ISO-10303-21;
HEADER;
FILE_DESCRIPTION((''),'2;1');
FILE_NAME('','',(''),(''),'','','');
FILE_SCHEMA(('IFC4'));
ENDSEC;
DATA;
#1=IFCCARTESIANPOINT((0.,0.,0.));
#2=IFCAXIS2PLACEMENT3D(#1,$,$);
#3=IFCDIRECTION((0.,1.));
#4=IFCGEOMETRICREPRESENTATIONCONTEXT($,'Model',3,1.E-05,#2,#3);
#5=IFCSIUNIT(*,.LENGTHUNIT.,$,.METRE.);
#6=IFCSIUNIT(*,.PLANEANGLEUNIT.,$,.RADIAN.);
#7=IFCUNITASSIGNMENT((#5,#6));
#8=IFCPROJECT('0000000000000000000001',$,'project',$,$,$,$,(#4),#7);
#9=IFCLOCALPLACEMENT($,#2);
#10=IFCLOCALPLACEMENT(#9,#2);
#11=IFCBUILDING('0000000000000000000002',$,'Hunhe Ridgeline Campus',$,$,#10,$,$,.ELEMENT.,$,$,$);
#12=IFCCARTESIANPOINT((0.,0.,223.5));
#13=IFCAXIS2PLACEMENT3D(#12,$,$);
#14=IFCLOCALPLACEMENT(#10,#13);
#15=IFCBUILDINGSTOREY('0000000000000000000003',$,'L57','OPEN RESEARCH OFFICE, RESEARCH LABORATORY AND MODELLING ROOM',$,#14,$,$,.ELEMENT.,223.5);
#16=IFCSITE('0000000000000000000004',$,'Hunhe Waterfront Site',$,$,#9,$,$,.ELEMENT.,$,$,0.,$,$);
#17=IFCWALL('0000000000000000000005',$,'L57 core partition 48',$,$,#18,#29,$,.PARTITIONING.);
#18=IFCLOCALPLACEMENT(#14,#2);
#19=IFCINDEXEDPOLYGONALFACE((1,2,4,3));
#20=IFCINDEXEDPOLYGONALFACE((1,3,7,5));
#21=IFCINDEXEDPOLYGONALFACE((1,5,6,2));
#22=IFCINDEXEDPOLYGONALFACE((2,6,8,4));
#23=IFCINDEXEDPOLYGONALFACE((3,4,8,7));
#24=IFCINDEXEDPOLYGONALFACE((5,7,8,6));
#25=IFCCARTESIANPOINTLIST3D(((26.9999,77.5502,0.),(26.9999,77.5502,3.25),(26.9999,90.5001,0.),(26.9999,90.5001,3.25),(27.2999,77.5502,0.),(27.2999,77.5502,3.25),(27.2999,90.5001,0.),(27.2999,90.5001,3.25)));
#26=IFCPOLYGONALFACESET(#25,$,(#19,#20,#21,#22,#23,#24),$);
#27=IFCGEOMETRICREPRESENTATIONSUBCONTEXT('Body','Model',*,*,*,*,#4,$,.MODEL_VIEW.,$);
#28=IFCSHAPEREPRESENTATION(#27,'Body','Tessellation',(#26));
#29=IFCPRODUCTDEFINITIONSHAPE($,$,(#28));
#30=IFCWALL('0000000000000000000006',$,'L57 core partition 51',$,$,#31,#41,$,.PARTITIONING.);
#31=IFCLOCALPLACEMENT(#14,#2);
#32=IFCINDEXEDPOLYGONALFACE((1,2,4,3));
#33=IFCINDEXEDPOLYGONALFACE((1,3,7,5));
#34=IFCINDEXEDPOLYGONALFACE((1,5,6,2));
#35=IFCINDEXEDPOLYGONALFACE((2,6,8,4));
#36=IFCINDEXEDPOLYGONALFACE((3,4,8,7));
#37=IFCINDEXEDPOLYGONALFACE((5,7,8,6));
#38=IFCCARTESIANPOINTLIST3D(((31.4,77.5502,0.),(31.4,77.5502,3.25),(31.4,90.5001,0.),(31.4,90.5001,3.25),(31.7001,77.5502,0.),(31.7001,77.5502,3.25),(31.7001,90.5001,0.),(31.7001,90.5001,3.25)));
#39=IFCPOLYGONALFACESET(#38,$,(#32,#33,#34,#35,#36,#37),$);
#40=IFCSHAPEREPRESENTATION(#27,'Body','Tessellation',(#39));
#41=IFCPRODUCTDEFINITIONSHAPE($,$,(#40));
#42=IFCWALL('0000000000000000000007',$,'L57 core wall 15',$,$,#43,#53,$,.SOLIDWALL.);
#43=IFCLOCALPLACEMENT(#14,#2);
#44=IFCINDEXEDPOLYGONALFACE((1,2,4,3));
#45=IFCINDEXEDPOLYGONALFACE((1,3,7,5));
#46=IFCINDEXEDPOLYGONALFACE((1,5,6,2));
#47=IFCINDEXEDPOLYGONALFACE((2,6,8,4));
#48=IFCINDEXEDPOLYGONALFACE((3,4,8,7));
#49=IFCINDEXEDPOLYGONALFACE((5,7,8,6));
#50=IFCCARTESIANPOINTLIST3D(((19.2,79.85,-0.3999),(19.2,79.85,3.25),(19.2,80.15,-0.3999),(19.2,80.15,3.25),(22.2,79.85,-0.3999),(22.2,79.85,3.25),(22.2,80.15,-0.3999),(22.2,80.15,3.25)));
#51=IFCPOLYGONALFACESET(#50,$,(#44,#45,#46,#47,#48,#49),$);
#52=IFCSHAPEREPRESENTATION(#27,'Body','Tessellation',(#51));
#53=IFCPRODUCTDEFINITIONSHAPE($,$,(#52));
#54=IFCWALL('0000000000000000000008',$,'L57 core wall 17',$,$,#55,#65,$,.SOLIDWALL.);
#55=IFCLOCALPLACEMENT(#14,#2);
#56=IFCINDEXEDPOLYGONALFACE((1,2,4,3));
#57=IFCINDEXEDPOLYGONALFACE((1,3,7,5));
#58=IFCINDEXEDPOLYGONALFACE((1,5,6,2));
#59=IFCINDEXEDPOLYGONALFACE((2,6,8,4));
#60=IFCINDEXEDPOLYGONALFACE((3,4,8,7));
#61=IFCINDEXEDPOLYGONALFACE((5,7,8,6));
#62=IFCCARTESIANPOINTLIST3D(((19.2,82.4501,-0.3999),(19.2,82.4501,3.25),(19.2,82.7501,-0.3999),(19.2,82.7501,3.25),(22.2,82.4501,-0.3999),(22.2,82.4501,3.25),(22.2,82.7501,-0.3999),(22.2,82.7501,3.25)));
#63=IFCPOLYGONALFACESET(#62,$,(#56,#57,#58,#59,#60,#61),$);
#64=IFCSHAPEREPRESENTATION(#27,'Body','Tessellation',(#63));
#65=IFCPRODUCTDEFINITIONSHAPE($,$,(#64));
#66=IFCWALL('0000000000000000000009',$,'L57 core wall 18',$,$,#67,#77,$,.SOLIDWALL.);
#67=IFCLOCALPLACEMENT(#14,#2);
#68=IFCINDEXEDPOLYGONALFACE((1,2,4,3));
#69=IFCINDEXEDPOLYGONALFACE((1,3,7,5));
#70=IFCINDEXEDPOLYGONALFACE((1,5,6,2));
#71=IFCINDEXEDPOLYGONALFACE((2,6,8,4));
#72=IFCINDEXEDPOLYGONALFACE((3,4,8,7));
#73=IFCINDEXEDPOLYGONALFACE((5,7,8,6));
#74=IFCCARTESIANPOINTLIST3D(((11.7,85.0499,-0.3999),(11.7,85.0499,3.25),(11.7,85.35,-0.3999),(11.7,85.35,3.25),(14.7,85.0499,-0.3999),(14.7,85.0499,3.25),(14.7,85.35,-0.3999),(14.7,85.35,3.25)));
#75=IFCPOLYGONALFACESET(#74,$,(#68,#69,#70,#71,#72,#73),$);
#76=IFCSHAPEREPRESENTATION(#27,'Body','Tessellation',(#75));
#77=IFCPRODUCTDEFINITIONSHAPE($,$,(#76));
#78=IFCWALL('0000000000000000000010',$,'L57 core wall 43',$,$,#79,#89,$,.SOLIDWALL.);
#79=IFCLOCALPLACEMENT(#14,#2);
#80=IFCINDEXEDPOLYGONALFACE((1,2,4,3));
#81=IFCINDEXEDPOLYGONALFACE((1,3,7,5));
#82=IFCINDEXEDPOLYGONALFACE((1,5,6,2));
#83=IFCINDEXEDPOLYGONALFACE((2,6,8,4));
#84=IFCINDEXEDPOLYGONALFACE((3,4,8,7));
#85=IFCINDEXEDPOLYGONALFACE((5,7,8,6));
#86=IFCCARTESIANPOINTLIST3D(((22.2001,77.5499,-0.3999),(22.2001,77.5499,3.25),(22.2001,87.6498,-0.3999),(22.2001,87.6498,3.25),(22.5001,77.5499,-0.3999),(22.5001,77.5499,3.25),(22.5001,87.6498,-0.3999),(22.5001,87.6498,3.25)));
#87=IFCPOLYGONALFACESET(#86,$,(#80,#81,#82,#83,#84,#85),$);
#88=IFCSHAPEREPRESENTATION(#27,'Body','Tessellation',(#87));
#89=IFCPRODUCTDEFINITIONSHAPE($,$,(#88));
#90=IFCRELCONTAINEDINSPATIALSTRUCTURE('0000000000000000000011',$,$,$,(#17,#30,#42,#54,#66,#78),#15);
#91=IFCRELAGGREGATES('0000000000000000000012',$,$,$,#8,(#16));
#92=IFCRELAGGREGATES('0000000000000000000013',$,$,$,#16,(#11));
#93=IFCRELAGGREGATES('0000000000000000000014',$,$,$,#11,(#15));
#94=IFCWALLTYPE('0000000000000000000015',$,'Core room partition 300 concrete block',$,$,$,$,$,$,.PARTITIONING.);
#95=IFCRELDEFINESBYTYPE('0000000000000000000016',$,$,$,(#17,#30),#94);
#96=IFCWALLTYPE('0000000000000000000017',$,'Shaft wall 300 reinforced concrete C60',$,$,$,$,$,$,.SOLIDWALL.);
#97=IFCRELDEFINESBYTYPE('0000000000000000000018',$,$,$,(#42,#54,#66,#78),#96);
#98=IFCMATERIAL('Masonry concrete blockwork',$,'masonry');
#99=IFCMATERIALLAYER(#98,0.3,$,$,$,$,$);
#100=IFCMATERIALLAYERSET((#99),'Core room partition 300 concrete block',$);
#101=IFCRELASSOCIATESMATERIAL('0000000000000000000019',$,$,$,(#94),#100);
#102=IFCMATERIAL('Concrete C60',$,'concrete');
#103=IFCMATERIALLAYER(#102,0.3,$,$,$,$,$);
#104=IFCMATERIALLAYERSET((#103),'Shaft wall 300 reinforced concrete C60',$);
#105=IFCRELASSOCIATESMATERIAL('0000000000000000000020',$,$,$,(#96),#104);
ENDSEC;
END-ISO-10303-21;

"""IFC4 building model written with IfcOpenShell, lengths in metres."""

from ifc_helpers import new_model, si_unit, direction, frame, frame_2d, origin, place, context, subcontext, project, spatial, rectangle, extrude, material, layer, layer_set, type_object, element, save


model = new_model("IFC4")

# Units and contexts
model_context = context("Model", 3, precision=1e-05, world=origin(), true_north=direction((0.0, 1.0)))
body_context = subcontext(model_context, "Body", "Model", "MODEL_VIEW")
ifc_project = project(units=[si_unit("LENGTHUNIT", "METRE"), si_unit("PLANEANGLEUNIT", "RADIAN")], contexts=[model_context])

# Site, building, storey
site_placement = place(None, origin())
site = spatial("IfcSite", under=ifc_project, at=site_placement, Name="Hunhe Waterfront Site", CompositionType="ELEMENT", RefElevation=0.0)
building_placement = place(site_placement, origin())
building = spatial("IfcBuilding", under=site, at=building_placement, Name="Hunhe Ridgeline Campus", CompositionType="ELEMENT")
storey_placement = place(building_placement, frame((0.0, 0.0, 223.5)))
storey = spatial("IfcBuildingStorey", under=building, at=storey_placement, Name="L57", Description="OPEN RESEARCH OFFICE, RESEARCH LABORATORY AND MODELLING ROOM", CompositionType="ELEMENT", Elevation=223.5)

# Shared definitions
ifc_material_1 = material(Name="Masonry concrete blockwork", Category="masonry")
ifc_layer_1 = layer(ifc_material_1, 0.3)
ifc_layer_set_1 = layer_set([ifc_layer_1], Name="Core room partition 300 concrete block")
wall_type_1 = type_object("IfcWallType", Name="Core room partition 300 concrete block", PredefinedType="PARTITIONING", material=ifc_layer_set_1)

# Walls
for number, where, z_axis, x_axis, name in (
    (1, (27.1499, 77.55, 0.0), (0.0, 0.0, 1.0), (0.0, 1.0, 0.0), "L57 core partition 48"),
    (2, (31.55, 77.55, 0.0), (0.0, 0.0, 1.0), (0.0, 1.0, 0.0), "L57 core partition 51"),
):
    element("IfcWall", number, at=place(storey_placement, frame(where, z_axis=z_axis, x_axis=x_axis)), inside=storey, type_object=wall_type_1, Name=name, PredefinedType="PARTITIONING", context=body_context, shape_type="SweptSolid", body=[
        extrude(rectangle(XDim=12.95, YDim=0.3, at=frame_2d((6.4751, 0.0))), origin(), (0.0, 0.0, 1.0), 3.25),
    ])
ifc_material_2 = material(Name="Concrete C60", Category="concrete")
ifc_layer_2 = layer(ifc_material_2, 0.3)
ifc_layer_set_2 = layer_set([ifc_layer_2], Name="Shaft wall 300 reinforced concrete C60")
wall_type_2 = type_object("IfcWallType", Name="Shaft wall 300 reinforced concrete C60", PredefinedType="SOLIDWALL", material=ifc_layer_set_2)
for number, where, z_axis, x_axis, name in (
    (3, (19.2, 80.0, -0.3999), (0.0, 0.0, 1.0), (1.0, 0.0, 0.0), "L57 core wall 15"),
    (4, (19.2, 82.6001, -0.3999), (0.0, 0.0, 1.0), (1.0, 0.0, 0.0), "L57 core wall 17"),
    (5, (11.7, 85.2, -0.3999), (0.0, 0.0, 1.0), (1.0, 0.0, 0.0), "L57 core wall 18"),
):
    element("IfcWall", number, at=place(storey_placement, frame(where, z_axis=z_axis, x_axis=x_axis)), inside=storey, type_object=wall_type_2, Name=name, PredefinedType="SOLIDWALL", context=body_context, shape_type="SweptSolid", body=[
        extrude(rectangle(XDim=3.0, YDim=0.3, at=frame_2d((1.5, 0.0))), origin(), (0.0, 0.0, 1.0), 3.6499),
    ])

# Wall
wall_1_placement = place(storey_placement, frame((22.3501, 77.55, -0.3999), z_axis=(0.0, 0.0, 1.0), x_axis=(0.0, 1.0, 0.0)))
element("IfcWall", 6, at=wall_1_placement, inside=storey, type_object=wall_type_2, Name="L57 core wall 43", PredefinedType="SOLIDWALL", context=body_context, shape_type="SweptSolid", body=[
    extrude(rectangle(XDim=10.0999, YDim=0.3, at=frame_2d((5.0498, 0.0))), origin(), (0.0, 0.0, 1.0), 3.6499),
])

save(model, "model.ifc")
